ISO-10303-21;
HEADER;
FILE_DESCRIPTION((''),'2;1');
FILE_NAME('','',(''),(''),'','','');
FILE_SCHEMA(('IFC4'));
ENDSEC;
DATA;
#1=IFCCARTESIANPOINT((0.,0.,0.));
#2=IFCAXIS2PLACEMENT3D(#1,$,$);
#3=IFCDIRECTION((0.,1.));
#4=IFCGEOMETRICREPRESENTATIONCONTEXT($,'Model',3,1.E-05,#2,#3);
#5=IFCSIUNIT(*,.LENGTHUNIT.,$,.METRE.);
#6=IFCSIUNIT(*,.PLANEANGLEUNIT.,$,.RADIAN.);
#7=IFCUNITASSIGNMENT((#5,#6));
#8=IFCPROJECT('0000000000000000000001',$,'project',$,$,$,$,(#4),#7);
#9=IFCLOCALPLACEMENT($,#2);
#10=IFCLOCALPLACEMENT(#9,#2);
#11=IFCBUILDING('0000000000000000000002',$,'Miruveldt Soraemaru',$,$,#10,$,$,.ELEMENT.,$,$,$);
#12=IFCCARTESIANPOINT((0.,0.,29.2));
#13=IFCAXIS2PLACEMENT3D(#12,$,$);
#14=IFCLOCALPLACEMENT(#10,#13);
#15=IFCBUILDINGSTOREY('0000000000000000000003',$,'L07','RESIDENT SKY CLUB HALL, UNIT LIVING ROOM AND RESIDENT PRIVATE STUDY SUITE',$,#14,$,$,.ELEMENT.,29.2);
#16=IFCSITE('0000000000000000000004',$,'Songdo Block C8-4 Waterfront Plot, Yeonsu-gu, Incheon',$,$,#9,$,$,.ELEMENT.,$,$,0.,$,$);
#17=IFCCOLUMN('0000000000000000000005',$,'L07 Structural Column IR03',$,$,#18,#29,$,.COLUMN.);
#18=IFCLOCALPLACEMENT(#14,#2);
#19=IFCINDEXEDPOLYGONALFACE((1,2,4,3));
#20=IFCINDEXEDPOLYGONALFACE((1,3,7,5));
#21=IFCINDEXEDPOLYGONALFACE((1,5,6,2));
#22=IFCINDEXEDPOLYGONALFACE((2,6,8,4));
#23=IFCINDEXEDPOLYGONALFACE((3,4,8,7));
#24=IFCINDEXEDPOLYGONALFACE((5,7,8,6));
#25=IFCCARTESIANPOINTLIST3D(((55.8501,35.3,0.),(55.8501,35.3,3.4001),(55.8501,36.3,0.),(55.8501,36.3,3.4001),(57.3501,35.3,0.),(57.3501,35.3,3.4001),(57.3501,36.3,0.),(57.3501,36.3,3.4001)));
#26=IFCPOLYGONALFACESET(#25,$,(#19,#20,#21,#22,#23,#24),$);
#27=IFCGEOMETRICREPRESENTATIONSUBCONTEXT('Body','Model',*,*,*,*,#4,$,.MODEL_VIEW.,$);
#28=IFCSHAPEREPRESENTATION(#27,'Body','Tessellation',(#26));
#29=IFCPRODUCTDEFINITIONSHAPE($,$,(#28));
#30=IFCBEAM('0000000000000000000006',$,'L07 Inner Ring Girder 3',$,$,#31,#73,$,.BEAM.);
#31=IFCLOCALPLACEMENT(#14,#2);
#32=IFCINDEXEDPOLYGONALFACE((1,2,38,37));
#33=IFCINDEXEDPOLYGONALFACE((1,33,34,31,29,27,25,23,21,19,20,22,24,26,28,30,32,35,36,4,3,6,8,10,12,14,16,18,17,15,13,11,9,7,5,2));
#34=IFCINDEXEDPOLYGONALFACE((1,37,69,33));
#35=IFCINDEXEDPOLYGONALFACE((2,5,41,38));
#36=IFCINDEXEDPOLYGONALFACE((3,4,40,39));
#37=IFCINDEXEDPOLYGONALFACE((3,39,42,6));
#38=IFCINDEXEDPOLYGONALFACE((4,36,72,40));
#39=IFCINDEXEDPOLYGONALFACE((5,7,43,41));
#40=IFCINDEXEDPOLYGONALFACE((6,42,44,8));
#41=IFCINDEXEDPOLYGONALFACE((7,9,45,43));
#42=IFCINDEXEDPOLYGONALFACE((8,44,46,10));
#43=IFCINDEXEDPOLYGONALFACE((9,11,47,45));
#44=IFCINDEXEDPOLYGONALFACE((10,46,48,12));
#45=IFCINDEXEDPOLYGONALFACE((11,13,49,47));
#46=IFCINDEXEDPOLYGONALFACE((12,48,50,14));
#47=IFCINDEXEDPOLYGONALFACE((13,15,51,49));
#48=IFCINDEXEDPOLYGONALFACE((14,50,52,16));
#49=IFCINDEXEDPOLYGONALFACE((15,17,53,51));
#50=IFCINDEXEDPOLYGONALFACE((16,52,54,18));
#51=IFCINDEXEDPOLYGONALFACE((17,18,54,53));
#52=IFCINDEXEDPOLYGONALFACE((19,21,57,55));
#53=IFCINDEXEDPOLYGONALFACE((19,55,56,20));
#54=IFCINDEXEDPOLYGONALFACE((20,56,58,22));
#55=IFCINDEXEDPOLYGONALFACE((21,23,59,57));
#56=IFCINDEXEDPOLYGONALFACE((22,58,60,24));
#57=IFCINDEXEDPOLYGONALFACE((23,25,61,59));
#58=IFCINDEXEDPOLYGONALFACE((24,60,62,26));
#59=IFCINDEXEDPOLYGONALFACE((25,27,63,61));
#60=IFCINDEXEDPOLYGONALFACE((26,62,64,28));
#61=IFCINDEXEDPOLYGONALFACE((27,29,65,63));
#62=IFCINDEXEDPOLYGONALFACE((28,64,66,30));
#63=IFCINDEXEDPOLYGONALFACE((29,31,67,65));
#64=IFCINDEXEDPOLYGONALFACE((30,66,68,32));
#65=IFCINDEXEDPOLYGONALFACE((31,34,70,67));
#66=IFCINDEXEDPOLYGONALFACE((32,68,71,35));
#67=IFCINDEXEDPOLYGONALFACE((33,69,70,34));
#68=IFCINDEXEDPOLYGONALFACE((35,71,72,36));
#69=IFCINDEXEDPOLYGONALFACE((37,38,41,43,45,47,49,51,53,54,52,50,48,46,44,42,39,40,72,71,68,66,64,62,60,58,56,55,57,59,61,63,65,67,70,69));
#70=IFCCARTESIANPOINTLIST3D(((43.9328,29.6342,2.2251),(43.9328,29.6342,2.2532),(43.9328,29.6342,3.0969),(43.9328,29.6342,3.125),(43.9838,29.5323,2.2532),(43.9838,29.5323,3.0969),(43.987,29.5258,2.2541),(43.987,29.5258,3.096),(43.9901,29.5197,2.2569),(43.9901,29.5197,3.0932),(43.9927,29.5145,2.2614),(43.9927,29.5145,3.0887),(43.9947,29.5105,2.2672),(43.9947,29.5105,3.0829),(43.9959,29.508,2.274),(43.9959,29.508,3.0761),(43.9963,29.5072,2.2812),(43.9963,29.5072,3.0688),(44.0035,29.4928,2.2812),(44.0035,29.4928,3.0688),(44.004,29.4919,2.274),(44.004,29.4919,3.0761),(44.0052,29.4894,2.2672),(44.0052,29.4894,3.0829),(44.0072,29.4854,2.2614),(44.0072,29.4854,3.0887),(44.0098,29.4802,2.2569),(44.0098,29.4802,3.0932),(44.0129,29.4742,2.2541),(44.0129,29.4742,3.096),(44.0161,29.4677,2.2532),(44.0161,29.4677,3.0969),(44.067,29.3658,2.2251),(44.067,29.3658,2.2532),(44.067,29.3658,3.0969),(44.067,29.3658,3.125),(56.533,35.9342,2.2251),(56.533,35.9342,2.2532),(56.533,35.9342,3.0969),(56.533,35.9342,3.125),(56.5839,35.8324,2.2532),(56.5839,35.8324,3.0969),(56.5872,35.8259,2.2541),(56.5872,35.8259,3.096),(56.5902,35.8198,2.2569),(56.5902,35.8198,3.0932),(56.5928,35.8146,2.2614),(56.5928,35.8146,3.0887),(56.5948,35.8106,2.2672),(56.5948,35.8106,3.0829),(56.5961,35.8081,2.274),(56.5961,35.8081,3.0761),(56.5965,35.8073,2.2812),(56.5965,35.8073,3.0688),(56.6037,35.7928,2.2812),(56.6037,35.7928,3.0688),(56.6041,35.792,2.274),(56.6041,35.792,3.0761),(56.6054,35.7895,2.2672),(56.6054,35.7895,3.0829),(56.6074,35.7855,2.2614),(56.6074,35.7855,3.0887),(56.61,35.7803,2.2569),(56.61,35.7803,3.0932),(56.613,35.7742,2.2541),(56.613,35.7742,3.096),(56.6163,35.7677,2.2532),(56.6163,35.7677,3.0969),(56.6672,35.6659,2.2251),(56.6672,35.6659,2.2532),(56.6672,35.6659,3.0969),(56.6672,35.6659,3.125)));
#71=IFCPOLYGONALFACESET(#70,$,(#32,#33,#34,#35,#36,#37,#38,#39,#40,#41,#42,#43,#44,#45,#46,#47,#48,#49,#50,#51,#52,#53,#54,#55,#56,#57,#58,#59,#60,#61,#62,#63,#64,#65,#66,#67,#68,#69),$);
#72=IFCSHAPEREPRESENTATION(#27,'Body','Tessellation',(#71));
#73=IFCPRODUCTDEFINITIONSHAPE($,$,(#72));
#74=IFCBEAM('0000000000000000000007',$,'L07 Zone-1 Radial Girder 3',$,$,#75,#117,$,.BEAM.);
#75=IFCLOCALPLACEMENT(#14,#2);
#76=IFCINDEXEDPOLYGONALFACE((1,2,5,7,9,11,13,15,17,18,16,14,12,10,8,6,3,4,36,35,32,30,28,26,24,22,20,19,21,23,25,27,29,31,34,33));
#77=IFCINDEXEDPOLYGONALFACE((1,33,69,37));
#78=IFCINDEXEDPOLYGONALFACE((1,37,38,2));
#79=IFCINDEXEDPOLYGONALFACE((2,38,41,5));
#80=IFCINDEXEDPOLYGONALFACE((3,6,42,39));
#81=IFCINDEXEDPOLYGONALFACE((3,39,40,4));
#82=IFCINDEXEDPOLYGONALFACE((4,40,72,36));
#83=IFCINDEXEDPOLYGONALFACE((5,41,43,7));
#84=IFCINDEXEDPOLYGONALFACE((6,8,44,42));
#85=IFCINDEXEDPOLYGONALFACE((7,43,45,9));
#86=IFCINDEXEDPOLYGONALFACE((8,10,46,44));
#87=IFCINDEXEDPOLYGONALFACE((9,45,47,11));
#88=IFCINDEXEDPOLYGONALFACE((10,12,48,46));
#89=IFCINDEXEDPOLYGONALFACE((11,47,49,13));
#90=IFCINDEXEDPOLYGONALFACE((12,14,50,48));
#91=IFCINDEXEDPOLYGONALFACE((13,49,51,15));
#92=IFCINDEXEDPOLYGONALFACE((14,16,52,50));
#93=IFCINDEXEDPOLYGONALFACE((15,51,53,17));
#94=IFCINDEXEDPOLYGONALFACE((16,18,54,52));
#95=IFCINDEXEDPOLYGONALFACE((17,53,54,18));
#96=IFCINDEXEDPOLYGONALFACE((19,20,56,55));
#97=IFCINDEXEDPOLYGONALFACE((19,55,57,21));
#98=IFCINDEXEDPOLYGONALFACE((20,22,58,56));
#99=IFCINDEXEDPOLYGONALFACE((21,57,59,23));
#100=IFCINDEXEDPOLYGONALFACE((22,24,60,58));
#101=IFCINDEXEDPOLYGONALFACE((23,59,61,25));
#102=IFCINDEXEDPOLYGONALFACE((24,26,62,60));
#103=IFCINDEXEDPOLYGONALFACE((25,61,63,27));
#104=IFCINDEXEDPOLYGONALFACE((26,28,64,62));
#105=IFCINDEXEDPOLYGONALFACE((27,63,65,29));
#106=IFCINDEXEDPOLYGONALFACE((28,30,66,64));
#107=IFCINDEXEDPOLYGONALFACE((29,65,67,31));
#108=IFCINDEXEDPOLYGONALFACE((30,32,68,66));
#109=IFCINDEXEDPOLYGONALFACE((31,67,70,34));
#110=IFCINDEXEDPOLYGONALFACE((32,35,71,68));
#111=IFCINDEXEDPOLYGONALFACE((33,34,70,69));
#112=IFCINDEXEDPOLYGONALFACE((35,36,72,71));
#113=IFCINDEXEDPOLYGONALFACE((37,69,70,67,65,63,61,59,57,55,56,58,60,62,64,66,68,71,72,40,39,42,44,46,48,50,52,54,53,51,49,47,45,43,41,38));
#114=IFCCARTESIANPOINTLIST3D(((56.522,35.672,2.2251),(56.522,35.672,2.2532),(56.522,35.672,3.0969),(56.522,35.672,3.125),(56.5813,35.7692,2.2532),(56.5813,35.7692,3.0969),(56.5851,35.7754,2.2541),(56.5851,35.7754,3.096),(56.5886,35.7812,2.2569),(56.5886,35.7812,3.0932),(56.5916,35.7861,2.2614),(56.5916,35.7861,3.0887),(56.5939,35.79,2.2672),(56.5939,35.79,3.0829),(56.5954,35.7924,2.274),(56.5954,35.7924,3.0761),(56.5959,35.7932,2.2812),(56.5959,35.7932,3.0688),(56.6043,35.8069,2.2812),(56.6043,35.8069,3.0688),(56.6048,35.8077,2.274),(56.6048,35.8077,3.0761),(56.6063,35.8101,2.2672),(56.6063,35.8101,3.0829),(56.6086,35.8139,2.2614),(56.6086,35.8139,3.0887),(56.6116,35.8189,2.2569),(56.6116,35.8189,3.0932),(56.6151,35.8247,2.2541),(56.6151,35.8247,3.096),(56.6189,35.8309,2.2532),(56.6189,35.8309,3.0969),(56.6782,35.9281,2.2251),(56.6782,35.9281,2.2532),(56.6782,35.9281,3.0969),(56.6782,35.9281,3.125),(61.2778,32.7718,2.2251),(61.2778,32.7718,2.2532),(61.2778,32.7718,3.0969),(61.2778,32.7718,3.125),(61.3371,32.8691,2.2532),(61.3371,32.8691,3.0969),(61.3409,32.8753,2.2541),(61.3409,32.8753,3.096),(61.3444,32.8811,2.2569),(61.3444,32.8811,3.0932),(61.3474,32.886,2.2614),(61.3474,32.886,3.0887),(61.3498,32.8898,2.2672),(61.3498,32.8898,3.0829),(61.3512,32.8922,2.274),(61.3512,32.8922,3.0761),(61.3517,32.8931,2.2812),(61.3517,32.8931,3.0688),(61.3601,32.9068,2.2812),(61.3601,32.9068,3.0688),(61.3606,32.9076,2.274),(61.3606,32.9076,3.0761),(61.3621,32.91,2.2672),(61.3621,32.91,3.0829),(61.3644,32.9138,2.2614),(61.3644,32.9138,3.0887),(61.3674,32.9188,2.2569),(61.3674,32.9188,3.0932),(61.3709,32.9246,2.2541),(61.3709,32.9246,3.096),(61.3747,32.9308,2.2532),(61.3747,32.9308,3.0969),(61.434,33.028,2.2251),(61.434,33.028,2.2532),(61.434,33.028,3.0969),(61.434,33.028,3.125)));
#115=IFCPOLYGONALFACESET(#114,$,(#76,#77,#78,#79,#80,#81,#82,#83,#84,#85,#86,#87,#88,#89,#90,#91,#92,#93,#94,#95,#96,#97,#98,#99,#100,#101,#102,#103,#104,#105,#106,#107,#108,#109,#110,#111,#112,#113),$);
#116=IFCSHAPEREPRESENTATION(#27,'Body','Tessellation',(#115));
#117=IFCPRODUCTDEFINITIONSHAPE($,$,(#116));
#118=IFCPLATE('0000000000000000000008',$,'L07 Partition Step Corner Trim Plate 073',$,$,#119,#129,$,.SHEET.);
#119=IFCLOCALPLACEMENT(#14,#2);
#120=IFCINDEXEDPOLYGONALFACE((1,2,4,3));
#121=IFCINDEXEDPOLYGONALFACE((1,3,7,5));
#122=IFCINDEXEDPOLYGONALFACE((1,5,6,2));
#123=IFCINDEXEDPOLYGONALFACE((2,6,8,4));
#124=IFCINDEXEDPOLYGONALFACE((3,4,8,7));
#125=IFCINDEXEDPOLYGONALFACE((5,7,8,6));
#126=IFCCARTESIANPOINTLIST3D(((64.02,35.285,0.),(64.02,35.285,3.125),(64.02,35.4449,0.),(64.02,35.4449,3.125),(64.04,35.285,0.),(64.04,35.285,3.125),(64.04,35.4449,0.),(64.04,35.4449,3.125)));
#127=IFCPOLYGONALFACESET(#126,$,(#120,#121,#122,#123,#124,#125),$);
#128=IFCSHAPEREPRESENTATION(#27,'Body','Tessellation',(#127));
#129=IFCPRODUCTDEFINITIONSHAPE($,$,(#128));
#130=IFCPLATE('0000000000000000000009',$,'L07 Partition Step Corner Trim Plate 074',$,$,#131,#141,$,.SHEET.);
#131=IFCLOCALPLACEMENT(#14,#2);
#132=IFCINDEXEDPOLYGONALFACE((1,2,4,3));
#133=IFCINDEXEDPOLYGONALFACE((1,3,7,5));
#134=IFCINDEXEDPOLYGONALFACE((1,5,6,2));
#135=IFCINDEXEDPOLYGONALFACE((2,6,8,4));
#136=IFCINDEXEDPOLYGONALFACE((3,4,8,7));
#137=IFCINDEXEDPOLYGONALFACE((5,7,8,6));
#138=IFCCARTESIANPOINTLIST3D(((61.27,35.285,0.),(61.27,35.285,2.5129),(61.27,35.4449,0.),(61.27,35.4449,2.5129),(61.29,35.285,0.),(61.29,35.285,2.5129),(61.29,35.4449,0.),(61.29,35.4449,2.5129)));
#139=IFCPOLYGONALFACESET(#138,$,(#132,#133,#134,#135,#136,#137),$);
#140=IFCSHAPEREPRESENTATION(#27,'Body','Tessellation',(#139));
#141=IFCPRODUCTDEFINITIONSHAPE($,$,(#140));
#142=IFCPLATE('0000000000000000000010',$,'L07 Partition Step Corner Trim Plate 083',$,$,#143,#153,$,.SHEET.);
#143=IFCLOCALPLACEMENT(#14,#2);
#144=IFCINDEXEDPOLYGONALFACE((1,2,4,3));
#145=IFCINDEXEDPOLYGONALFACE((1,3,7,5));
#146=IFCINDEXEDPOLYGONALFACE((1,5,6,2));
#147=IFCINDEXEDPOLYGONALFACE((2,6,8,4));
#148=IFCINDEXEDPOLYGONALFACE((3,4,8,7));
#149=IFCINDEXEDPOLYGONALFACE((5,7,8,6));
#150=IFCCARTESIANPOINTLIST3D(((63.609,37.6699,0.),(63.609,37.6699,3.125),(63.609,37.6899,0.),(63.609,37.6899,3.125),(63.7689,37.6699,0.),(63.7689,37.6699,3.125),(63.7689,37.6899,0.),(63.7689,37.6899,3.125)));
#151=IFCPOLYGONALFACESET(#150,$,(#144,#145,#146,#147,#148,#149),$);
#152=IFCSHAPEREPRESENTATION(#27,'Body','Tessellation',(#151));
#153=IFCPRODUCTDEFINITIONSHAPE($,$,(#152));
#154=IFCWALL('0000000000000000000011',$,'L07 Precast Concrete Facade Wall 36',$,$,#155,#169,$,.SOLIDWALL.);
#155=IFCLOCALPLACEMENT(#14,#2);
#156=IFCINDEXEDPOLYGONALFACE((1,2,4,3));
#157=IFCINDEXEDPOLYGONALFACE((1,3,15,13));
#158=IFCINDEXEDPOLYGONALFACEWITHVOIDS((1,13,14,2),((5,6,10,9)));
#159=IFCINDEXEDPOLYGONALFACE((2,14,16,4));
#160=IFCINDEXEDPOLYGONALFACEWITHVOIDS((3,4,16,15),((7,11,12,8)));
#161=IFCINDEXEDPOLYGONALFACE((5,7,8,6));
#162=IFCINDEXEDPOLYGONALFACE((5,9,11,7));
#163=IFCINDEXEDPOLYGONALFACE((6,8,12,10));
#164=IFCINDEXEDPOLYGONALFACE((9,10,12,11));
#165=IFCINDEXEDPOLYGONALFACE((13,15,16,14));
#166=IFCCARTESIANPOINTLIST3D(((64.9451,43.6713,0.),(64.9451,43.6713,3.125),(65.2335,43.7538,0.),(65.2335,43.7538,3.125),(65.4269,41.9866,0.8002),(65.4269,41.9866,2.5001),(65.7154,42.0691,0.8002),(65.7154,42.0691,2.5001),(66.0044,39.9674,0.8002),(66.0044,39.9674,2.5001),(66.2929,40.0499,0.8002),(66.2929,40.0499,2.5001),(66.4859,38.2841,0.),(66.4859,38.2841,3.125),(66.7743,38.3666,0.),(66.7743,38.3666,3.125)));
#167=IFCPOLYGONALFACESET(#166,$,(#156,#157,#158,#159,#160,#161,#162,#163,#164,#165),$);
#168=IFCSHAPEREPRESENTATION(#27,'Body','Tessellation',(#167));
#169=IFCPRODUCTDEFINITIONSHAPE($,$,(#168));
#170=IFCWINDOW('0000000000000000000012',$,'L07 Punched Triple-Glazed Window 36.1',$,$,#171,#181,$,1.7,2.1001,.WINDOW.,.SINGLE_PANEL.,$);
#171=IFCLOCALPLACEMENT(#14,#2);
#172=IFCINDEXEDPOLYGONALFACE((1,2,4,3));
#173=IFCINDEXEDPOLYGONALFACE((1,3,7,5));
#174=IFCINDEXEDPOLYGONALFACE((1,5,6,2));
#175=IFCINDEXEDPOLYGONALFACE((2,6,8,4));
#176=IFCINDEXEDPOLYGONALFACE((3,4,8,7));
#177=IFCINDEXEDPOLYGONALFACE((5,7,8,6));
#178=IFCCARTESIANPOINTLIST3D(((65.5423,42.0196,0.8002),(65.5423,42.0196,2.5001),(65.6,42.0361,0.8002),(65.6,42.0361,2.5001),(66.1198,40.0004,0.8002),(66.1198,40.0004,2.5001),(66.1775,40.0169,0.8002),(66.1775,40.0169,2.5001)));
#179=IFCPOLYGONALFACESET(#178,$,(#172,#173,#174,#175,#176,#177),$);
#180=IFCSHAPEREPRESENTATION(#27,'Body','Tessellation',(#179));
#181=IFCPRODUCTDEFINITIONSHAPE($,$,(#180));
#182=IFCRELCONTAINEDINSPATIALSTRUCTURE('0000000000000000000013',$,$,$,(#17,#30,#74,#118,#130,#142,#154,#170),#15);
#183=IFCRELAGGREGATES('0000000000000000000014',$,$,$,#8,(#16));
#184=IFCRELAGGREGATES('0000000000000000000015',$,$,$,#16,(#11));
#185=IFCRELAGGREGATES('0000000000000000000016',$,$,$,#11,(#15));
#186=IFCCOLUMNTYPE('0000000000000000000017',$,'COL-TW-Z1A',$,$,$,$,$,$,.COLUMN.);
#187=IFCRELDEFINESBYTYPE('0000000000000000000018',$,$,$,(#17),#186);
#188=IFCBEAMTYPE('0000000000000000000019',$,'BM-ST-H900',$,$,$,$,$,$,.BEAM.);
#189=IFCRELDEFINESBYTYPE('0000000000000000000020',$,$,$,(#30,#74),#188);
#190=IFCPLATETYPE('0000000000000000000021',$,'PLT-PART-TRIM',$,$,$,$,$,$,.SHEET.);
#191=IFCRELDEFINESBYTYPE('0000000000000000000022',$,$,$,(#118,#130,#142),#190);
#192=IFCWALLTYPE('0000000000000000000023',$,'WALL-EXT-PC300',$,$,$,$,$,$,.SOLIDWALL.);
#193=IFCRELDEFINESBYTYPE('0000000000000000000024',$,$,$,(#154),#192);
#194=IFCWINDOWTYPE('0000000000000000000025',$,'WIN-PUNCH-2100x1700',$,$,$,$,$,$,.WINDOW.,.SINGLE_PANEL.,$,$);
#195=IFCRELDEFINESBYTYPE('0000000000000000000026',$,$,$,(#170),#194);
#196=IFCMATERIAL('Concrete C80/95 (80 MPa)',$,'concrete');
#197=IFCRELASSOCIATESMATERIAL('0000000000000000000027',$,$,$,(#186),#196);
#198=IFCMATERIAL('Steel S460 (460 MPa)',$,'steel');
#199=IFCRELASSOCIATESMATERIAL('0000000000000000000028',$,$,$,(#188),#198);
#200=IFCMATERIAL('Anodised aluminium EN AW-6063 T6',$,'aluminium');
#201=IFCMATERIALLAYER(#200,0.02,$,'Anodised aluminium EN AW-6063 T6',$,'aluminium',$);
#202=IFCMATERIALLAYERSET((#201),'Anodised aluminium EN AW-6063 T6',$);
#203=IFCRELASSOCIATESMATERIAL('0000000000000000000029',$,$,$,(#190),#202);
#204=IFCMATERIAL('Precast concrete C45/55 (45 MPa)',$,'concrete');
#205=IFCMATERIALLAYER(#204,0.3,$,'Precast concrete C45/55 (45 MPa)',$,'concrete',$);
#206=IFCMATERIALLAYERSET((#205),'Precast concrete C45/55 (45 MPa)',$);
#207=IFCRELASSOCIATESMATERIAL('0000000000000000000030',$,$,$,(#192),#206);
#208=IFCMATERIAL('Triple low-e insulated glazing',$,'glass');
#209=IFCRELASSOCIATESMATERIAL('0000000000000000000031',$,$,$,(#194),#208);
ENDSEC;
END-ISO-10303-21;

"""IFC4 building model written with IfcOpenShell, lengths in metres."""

from ifc_helpers import new_model, si_unit, direction, frame, frame_2d, origin, origin_2d, place, context, subcontext, project, spatial, rectangle, i_section, extrude, material, layer, layer_set, material_profile, profile_set, type_object, element, fill, save


model = new_model("IFC4")

# Units and contexts
model_context = context("Model", 3, precision=1e-05, world=origin(), true_north=direction((0.0, 1.0)))
body_context = subcontext(model_context, "Body", "Model", "MODEL_VIEW")
ifc_project = project(units=[si_unit("LENGTHUNIT", "METRE"), si_unit("PLANEANGLEUNIT", "RADIAN")], contexts=[model_context])

# Site, building, storey
site_placement = place(None, origin())
site = spatial("IfcSite", under=ifc_project, at=site_placement, Name="Songdo Block C8-4 Waterfront Plot, Yeonsu-gu, Incheon", CompositionType="ELEMENT", RefElevation=0.0)
building_placement = place(site_placement, origin())
building = spatial("IfcBuilding", under=site, at=building_placement, Name="Miruveldt Soraemaru", CompositionType="ELEMENT")
storey_placement = place(building_placement, frame((0.0, 0.0, 29.2)))
storey = spatial("IfcBuildingStorey", under=building, at=storey_placement, Name="L07", Description="RESIDENT SKY CLUB HALL, UNIT LIVING ROOM AND RESIDENT PRIVATE STUDY SUITE", CompositionType="ELEMENT", Elevation=29.2)

# Column
ifc_material_1 = material(Name="Concrete C80/95 (80 MPa)", Category="concrete")
ifc_material_profile_1 = material_profile(ifc_material_1, rectangle(XDim=1.5, YDim=1.0, at=origin_2d()), Name="Concrete C80/95 (80 MPa)", Category="concrete")
ifc_profile_set_1 = profile_set([ifc_material_profile_1], Name="Concrete C80/95 (80 MPa)")
column_type = type_object("IfcColumnType", Name="COL-TW-Z1A", PredefinedType="COLUMN", material=ifc_profile_set_1)
column_placement = place(storey_placement, frame((56.6001, 35.8, 0.0), z_axis=(0.0, 0.0, 1.0), x_axis=(1.0, 0.0, 0.0)))
element("IfcColumn", 1, at=column_placement, inside=storey, type_object=column_type, Name="L07 Structural Column IR03", PredefinedType="COLUMN", context=body_context, shape_type="SweptSolid", body=[
    extrude(rectangle(XDim=1.5, YDim=1.0, at=origin_2d()), origin(), (0.0, 0.0, 1.0), 3.4001),
])

# Beams
ifc_material_2 = material(Name="Steel S460 (460 MPa)", Category="steel")
ifc_material_profile_2 = material_profile(ifc_material_2, i_section(OverallWidth=0.3, OverallDepth=0.8999, WebThickness=0.0161, FlangeThickness=0.0281, FilletRadius=0.0281, at=origin_2d()), Name="Steel S460 (460 MPa)", Category="steel")
ifc_profile_set_2 = profile_set([ifc_material_profile_2], Name="Steel S460 (460 MPa)")
beam_type = type_object("IfcBeamType", Name="BM-ST-H900", PredefinedType="BEAM", material=ifc_profile_set_2)
beam_1_placement = place(storey_placement, frame((56.6001, 35.8, 2.675), z_axis=(-0.894427, -0.447214, 0.0), x_axis=(0.447214, -0.894427, 0.0)))
element("IfcBeam", 2, at=beam_1_placement, inside=storey, type_object=beam_type, Name="L07 Inner Ring Girder 3", PredefinedType="BEAM", context=body_context, shape_type="SweptSolid", body=[
    extrude(i_section(OverallWidth=0.3, OverallDepth=0.8999, WebThickness=0.0161, FlangeThickness=0.0281, FilletRadius=0.0281, at=origin_2d()), origin(), (0.0, 0.0, 1.0), 14.0874),
])
beam_2_placement = place(storey_placement, frame((56.6001, 35.8, 2.675), z_axis=(0.853778, -0.520638, 0.0), x_axis=(0.520638, 0.853778, 0.0)))
element("IfcBeam", 3, at=beam_2_placement, inside=storey, type_object=beam_type, Name="L07 Zone-1 Radial Girder 3", PredefinedType="BEAM", context=body_context, shape_type="SweptSolid", body=[
    extrude(i_section(OverallWidth=0.3, OverallDepth=0.8999, WebThickness=0.0161, FlangeThickness=0.0281, FilletRadius=0.0281, at=origin_2d()), origin(), (0.0, 0.0, 1.0), 5.5703),
])

# Plates
ifc_material_3 = material(Name="Anodised aluminium EN AW-6063 T6", Category="aluminium")
ifc_layer_1 = layer(ifc_material_3, 0.02, Name="Anodised aluminium EN AW-6063 T6", Category="aluminium")
ifc_layer_set_1 = layer_set([ifc_layer_1], Name="Anodised aluminium EN AW-6063 T6")
plate_type = type_object("IfcPlateType", Name="PLT-PART-TRIM", PredefinedType="SHEET", material=ifc_layer_set_1)
plate_1_placement = place(storey_placement, frame((64.03, 35.365, 0.0), z_axis=(0.0, 0.0, 1.0), x_axis=(0.0, 1.0, 0.0)))
element("IfcPlate", 4, at=plate_1_placement, inside=storey, type_object=plate_type, Name="L07 Partition Step Corner Trim Plate 073", PredefinedType="SHEET", context=body_context, shape_type="SweptSolid", body=[
    extrude(rectangle(XDim=0.1599, YDim=0.02, at=origin_2d()), origin(), (0.0, 0.0, 1.0), 3.125),
])
plate_2_placement = place(storey_placement, frame((61.28, 35.365, 0.0), z_axis=(0.0, 0.0, 1.0), x_axis=(0.0, -1.0, 0.0)))
element("IfcPlate", 5, at=plate_2_placement, inside=storey, type_object=plate_type, Name="L07 Partition Step Corner Trim Plate 074", PredefinedType="SHEET", context=body_context, shape_type="SweptSolid", body=[
    extrude(rectangle(XDim=0.1599, YDim=0.02, at=origin_2d()), origin(), (0.0, 0.0, 1.0), 2.5129),
])
plate_3_placement = place(storey_placement, frame((63.689, 37.6799, 0.0), z_axis=(0.0, 0.0, 1.0), x_axis=(-1.0, 0.0, 0.0)))
element("IfcPlate", 6, at=plate_3_placement, inside=storey, type_object=plate_type, Name="L07 Partition Step Corner Trim Plate 083", PredefinedType="SHEET", context=body_context, shape_type="SweptSolid", body=[
    extrude(rectangle(XDim=0.1599, YDim=0.02, at=origin_2d()), origin(), (0.0, 0.0, 1.0), 3.125),
])

# Wall, opening, window
ifc_material_4 = material(Name="Precast concrete C45/55 (45 MPa)", Category="concrete")
ifc_layer_2 = layer(ifc_material_4, 0.3, Name="Precast concrete C45/55 (45 MPa)", Category="concrete")
ifc_layer_set_2 = layer_set([ifc_layer_2], Name="Precast concrete C45/55 (45 MPa)")
wall_type_1 = type_object("IfcWallType", Name="WALL-EXT-PC300", PredefinedType="SOLIDWALL", material=ifc_layer_set_2)
wall_1_placement = place(storey_placement, frame((66.6301, 38.3252, 0.0), z_axis=(0.0, 0.0, 1.0), x_axis=(-0.27498, 0.96145, 0.0)))
wall_1 = element("IfcWall", 7, at=wall_1_placement, inside=storey, type_object=wall_type_1, Name="L07 Precast Concrete Facade Wall 36", PredefinedType="SOLIDWALL", context=body_context, shape_type="SweptSolid", body=[
    extrude(rectangle(XDim=5.6033, YDim=0.3, at=frame_2d((2.8018, 0.0))), origin(), (0.0, 0.0, 1.0), 3.125),
])
opening_1_placement = place(wall_1_placement, frame((1.751, 0.0, 0.8)))
opening_1 = element("IfcOpeningElement", 8, at=opening_1_placement, cuts=wall_1, PredefinedType="OPENING", context=body_context, shape_type="SweptSolid", body=[
    extrude(rectangle(XDim=2.1001, YDim=1.7, at=frame_2d((1.05, 0.8501))), frame((0.0, 0.1602, 0.0), z_axis=(0.0, -1.0, 0.0), x_axis=(1.0, 0.0, 0.0)), (0.0, 0.0, 1.0), 0.3201),
])
ifc_material_5 = material(Name="Triple low-e insulated glazing", Category="glass")
window_type = type_object("IfcWindowType", Name="WIN-PUNCH-2100x1700", PartitioningType="SINGLE_PANEL", PredefinedType="WINDOW", material=ifc_material_5)
window_placement = place(opening_1_placement, origin())
window = element("IfcWindow", 9, at=window_placement, inside=storey, type_object=window_type, Name="L07 Punched Triple-Glazed Window 36.1", OverallHeight=1.7, OverallWidth=2.1001, PartitioningType="SINGLE_PANEL", PredefinedType="WINDOW", context=body_context, shape_type="SweptSolid", body=[
    extrude(rectangle(XDim=2.1001, YDim=1.7, at=frame_2d((1.05, 0.8501))), frame((0.0, 0.03, 0.0), z_axis=(0.0, -1.0, 0.0), x_axis=(1.0, 0.0, 0.0)), (0.0, 0.0, 1.0), 0.0601),
])
fill(opening_1, window)

save(model, "model.ifc")
